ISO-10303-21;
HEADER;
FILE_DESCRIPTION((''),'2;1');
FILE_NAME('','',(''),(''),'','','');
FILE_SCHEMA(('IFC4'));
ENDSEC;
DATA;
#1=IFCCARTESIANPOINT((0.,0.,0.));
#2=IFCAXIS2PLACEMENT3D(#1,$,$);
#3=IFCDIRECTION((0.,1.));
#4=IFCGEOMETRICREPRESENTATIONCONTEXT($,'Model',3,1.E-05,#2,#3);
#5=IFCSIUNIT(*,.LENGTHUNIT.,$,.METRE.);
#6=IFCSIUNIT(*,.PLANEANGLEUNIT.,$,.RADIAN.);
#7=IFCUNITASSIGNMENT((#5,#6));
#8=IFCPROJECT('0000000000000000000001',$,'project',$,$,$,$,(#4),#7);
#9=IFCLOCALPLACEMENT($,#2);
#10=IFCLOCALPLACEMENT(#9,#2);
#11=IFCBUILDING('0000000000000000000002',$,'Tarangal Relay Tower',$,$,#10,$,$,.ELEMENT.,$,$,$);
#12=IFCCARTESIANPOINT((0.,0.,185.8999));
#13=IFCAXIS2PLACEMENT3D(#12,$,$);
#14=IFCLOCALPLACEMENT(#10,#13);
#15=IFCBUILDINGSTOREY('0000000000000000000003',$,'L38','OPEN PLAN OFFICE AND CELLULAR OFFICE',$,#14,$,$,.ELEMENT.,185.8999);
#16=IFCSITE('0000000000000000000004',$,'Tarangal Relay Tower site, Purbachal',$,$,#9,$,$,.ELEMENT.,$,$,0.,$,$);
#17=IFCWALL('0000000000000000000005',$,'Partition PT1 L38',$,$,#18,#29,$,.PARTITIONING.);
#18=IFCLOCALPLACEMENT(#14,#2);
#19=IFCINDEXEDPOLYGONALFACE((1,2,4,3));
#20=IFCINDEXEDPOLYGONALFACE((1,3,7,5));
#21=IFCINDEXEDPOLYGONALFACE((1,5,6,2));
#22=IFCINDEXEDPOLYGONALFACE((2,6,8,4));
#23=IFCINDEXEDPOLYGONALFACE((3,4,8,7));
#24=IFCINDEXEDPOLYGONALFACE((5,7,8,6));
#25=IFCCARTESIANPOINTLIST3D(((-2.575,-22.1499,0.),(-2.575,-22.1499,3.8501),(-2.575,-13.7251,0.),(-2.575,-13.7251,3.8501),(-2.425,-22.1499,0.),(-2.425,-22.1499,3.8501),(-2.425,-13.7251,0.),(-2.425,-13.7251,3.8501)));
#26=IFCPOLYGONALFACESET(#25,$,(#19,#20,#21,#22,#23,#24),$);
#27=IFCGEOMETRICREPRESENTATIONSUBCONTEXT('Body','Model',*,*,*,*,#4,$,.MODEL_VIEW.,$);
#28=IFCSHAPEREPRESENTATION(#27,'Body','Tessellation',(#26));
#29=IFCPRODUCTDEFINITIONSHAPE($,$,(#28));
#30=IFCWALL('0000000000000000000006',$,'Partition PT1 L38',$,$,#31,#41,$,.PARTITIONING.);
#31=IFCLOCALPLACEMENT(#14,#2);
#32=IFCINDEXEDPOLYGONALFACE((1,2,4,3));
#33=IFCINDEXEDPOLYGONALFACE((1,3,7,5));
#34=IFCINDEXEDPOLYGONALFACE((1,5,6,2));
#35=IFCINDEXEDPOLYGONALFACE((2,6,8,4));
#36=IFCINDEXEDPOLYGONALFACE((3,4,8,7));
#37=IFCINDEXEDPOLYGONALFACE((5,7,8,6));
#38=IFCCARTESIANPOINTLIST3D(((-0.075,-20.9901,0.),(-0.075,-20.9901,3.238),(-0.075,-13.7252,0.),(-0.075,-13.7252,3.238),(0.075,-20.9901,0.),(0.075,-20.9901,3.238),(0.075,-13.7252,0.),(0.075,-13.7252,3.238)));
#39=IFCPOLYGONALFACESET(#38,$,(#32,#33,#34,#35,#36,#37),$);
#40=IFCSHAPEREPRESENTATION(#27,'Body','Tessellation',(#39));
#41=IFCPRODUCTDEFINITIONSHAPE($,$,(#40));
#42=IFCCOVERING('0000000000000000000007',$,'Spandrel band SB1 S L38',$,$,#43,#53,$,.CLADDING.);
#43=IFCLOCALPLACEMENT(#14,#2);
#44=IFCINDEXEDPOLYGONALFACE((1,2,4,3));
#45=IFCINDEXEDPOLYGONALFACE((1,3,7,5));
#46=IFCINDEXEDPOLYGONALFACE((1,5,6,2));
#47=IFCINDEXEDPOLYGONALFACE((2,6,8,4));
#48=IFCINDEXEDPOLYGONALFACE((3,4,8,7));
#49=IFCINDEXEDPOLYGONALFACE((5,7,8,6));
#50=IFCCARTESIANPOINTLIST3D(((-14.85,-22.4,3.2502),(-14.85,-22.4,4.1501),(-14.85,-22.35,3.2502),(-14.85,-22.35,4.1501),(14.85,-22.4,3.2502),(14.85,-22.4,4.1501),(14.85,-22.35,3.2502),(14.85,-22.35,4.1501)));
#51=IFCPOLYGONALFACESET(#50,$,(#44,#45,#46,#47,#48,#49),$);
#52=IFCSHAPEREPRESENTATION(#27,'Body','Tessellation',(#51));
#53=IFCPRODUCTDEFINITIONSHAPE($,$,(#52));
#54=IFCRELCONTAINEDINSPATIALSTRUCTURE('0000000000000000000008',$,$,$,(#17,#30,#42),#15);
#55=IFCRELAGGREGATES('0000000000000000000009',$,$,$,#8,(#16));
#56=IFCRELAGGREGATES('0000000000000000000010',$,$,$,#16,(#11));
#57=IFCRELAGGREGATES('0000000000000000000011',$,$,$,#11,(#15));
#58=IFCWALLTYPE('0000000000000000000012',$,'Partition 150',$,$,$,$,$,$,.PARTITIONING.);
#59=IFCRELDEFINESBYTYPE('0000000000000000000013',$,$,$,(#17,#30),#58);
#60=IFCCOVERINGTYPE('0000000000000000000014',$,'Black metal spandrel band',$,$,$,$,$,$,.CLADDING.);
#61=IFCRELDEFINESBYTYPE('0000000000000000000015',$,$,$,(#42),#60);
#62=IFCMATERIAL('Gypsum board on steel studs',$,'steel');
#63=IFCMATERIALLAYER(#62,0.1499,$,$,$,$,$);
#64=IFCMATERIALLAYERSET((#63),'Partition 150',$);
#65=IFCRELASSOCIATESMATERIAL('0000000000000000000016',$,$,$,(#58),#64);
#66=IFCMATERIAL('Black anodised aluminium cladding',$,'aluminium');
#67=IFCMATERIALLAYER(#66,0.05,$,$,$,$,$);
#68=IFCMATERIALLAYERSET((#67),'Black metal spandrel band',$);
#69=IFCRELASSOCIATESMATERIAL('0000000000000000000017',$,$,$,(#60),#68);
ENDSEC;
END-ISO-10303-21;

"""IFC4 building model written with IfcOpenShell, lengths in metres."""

from ifc_helpers import new_model, si_unit, direction, frame, frame_2d, origin, origin_2d, place, context, subcontext, project, spatial, rectangle, extrude, material, layer, layer_set, type_object, element, save


model = new_model("IFC4")

# Units and contexts
model_context = context("Model", 3, precision=1e-05, world=origin(), true_north=direction((0.0, 1.0)))
body_context = subcontext(model_context, "Body", "Model", "MODEL_VIEW")
ifc_project = project(units=[si_unit("LENGTHUNIT", "METRE"), si_unit("PLANEANGLEUNIT", "RADIAN")], contexts=[model_context])

# Site, building, storey
site_placement = place(None, origin())
site = spatial("IfcSite", under=ifc_project, at=site_placement, Name="Tarangal Relay Tower site, Purbachal", CompositionType="ELEMENT", RefElevation=0.0)
building_placement = place(site_placement, origin())
building = spatial("IfcBuilding", under=site, at=building_placement, Name="Tarangal Relay Tower", CompositionType="ELEMENT")
storey_placement = place(building_placement, frame((0.0, 0.0, 185.8999)))
storey = spatial("IfcBuildingStorey", under=building, at=storey_placement, Name="L38", Description="OPEN PLAN OFFICE AND CELLULAR OFFICE", CompositionType="ELEMENT", Elevation=185.8999)

# Shared definitions
ifc_material_1 = material(Name="Gypsum board on steel studs", Category="steel")
ifc_layer_1 = layer(ifc_material_1, 0.1499)
ifc_layer_set_1 = layer_set([ifc_layer_1], Name="Partition 150")
wall_type_1 = type_object("IfcWallType", Name="Partition 150", PredefinedType="PARTITIONING", material=ifc_layer_set_1)

# Walls
wall_1_placement = place(storey_placement, frame((-2.5, -22.1499, 0.0), z_axis=(0.0, 0.0, 1.0), x_axis=(0.0, 1.0, 0.0)))
element("IfcWall", 1, at=wall_1_placement, inside=storey, type_object=wall_type_1, Name="Partition PT1 L38", PredefinedType="PARTITIONING", context=body_context, shape_type="SweptSolid", body=[
    extrude(rectangle(XDim=8.4248, YDim=0.1499, at=frame_2d((4.2124, 0.0))), origin(), (0.0, 0.0, 1.0), 3.8501),
])
wall_2_placement = place(storey_placement, frame((0.0, -20.99, 0.0), z_axis=(0.0, 0.0, 1.0), x_axis=(0.0, 1.0, 0.0)))
element("IfcWall", 2, at=wall_2_placement, inside=storey, type_object=wall_type_1, Name="Partition PT1 L38", PredefinedType="PARTITIONING", context=body_context, shape_type="SweptSolid", body=[
    extrude(rectangle(XDim=7.2649, YDim=0.1499, at=frame_2d((3.6323, 0.0))), origin(), (0.0, 0.0, 1.0), 3.238),
])

# Covering
ifc_material_2 = material(Name="Black anodised aluminium cladding", Category="aluminium")
ifc_layer_2 = layer(ifc_material_2, 0.05)
ifc_layer_set_2 = layer_set([ifc_layer_2], Name="Black metal spandrel band")
covering_type = type_object("IfcCoveringType", Name="Black metal spandrel band", PredefinedType="CLADDING", material=ifc_layer_set_2)
covering_placement = place(storey_placement, frame((0.0, -22.375, 3.2502), z_axis=(0.0, 0.0, 1.0), x_axis=(-1.0, 0.0, 0.0)))
element("IfcCovering", 3, at=covering_placement, inside=storey, type_object=covering_type, Name="Spandrel band SB1 S L38", PredefinedType="CLADDING", context=body_context, shape_type="SweptSolid", body=[
    extrude(rectangle(XDim=29.7, YDim=0.05, at=origin_2d()), origin(), (0.0, 0.0, 1.0), 0.8999),
])

save(model, "model.ifc")
